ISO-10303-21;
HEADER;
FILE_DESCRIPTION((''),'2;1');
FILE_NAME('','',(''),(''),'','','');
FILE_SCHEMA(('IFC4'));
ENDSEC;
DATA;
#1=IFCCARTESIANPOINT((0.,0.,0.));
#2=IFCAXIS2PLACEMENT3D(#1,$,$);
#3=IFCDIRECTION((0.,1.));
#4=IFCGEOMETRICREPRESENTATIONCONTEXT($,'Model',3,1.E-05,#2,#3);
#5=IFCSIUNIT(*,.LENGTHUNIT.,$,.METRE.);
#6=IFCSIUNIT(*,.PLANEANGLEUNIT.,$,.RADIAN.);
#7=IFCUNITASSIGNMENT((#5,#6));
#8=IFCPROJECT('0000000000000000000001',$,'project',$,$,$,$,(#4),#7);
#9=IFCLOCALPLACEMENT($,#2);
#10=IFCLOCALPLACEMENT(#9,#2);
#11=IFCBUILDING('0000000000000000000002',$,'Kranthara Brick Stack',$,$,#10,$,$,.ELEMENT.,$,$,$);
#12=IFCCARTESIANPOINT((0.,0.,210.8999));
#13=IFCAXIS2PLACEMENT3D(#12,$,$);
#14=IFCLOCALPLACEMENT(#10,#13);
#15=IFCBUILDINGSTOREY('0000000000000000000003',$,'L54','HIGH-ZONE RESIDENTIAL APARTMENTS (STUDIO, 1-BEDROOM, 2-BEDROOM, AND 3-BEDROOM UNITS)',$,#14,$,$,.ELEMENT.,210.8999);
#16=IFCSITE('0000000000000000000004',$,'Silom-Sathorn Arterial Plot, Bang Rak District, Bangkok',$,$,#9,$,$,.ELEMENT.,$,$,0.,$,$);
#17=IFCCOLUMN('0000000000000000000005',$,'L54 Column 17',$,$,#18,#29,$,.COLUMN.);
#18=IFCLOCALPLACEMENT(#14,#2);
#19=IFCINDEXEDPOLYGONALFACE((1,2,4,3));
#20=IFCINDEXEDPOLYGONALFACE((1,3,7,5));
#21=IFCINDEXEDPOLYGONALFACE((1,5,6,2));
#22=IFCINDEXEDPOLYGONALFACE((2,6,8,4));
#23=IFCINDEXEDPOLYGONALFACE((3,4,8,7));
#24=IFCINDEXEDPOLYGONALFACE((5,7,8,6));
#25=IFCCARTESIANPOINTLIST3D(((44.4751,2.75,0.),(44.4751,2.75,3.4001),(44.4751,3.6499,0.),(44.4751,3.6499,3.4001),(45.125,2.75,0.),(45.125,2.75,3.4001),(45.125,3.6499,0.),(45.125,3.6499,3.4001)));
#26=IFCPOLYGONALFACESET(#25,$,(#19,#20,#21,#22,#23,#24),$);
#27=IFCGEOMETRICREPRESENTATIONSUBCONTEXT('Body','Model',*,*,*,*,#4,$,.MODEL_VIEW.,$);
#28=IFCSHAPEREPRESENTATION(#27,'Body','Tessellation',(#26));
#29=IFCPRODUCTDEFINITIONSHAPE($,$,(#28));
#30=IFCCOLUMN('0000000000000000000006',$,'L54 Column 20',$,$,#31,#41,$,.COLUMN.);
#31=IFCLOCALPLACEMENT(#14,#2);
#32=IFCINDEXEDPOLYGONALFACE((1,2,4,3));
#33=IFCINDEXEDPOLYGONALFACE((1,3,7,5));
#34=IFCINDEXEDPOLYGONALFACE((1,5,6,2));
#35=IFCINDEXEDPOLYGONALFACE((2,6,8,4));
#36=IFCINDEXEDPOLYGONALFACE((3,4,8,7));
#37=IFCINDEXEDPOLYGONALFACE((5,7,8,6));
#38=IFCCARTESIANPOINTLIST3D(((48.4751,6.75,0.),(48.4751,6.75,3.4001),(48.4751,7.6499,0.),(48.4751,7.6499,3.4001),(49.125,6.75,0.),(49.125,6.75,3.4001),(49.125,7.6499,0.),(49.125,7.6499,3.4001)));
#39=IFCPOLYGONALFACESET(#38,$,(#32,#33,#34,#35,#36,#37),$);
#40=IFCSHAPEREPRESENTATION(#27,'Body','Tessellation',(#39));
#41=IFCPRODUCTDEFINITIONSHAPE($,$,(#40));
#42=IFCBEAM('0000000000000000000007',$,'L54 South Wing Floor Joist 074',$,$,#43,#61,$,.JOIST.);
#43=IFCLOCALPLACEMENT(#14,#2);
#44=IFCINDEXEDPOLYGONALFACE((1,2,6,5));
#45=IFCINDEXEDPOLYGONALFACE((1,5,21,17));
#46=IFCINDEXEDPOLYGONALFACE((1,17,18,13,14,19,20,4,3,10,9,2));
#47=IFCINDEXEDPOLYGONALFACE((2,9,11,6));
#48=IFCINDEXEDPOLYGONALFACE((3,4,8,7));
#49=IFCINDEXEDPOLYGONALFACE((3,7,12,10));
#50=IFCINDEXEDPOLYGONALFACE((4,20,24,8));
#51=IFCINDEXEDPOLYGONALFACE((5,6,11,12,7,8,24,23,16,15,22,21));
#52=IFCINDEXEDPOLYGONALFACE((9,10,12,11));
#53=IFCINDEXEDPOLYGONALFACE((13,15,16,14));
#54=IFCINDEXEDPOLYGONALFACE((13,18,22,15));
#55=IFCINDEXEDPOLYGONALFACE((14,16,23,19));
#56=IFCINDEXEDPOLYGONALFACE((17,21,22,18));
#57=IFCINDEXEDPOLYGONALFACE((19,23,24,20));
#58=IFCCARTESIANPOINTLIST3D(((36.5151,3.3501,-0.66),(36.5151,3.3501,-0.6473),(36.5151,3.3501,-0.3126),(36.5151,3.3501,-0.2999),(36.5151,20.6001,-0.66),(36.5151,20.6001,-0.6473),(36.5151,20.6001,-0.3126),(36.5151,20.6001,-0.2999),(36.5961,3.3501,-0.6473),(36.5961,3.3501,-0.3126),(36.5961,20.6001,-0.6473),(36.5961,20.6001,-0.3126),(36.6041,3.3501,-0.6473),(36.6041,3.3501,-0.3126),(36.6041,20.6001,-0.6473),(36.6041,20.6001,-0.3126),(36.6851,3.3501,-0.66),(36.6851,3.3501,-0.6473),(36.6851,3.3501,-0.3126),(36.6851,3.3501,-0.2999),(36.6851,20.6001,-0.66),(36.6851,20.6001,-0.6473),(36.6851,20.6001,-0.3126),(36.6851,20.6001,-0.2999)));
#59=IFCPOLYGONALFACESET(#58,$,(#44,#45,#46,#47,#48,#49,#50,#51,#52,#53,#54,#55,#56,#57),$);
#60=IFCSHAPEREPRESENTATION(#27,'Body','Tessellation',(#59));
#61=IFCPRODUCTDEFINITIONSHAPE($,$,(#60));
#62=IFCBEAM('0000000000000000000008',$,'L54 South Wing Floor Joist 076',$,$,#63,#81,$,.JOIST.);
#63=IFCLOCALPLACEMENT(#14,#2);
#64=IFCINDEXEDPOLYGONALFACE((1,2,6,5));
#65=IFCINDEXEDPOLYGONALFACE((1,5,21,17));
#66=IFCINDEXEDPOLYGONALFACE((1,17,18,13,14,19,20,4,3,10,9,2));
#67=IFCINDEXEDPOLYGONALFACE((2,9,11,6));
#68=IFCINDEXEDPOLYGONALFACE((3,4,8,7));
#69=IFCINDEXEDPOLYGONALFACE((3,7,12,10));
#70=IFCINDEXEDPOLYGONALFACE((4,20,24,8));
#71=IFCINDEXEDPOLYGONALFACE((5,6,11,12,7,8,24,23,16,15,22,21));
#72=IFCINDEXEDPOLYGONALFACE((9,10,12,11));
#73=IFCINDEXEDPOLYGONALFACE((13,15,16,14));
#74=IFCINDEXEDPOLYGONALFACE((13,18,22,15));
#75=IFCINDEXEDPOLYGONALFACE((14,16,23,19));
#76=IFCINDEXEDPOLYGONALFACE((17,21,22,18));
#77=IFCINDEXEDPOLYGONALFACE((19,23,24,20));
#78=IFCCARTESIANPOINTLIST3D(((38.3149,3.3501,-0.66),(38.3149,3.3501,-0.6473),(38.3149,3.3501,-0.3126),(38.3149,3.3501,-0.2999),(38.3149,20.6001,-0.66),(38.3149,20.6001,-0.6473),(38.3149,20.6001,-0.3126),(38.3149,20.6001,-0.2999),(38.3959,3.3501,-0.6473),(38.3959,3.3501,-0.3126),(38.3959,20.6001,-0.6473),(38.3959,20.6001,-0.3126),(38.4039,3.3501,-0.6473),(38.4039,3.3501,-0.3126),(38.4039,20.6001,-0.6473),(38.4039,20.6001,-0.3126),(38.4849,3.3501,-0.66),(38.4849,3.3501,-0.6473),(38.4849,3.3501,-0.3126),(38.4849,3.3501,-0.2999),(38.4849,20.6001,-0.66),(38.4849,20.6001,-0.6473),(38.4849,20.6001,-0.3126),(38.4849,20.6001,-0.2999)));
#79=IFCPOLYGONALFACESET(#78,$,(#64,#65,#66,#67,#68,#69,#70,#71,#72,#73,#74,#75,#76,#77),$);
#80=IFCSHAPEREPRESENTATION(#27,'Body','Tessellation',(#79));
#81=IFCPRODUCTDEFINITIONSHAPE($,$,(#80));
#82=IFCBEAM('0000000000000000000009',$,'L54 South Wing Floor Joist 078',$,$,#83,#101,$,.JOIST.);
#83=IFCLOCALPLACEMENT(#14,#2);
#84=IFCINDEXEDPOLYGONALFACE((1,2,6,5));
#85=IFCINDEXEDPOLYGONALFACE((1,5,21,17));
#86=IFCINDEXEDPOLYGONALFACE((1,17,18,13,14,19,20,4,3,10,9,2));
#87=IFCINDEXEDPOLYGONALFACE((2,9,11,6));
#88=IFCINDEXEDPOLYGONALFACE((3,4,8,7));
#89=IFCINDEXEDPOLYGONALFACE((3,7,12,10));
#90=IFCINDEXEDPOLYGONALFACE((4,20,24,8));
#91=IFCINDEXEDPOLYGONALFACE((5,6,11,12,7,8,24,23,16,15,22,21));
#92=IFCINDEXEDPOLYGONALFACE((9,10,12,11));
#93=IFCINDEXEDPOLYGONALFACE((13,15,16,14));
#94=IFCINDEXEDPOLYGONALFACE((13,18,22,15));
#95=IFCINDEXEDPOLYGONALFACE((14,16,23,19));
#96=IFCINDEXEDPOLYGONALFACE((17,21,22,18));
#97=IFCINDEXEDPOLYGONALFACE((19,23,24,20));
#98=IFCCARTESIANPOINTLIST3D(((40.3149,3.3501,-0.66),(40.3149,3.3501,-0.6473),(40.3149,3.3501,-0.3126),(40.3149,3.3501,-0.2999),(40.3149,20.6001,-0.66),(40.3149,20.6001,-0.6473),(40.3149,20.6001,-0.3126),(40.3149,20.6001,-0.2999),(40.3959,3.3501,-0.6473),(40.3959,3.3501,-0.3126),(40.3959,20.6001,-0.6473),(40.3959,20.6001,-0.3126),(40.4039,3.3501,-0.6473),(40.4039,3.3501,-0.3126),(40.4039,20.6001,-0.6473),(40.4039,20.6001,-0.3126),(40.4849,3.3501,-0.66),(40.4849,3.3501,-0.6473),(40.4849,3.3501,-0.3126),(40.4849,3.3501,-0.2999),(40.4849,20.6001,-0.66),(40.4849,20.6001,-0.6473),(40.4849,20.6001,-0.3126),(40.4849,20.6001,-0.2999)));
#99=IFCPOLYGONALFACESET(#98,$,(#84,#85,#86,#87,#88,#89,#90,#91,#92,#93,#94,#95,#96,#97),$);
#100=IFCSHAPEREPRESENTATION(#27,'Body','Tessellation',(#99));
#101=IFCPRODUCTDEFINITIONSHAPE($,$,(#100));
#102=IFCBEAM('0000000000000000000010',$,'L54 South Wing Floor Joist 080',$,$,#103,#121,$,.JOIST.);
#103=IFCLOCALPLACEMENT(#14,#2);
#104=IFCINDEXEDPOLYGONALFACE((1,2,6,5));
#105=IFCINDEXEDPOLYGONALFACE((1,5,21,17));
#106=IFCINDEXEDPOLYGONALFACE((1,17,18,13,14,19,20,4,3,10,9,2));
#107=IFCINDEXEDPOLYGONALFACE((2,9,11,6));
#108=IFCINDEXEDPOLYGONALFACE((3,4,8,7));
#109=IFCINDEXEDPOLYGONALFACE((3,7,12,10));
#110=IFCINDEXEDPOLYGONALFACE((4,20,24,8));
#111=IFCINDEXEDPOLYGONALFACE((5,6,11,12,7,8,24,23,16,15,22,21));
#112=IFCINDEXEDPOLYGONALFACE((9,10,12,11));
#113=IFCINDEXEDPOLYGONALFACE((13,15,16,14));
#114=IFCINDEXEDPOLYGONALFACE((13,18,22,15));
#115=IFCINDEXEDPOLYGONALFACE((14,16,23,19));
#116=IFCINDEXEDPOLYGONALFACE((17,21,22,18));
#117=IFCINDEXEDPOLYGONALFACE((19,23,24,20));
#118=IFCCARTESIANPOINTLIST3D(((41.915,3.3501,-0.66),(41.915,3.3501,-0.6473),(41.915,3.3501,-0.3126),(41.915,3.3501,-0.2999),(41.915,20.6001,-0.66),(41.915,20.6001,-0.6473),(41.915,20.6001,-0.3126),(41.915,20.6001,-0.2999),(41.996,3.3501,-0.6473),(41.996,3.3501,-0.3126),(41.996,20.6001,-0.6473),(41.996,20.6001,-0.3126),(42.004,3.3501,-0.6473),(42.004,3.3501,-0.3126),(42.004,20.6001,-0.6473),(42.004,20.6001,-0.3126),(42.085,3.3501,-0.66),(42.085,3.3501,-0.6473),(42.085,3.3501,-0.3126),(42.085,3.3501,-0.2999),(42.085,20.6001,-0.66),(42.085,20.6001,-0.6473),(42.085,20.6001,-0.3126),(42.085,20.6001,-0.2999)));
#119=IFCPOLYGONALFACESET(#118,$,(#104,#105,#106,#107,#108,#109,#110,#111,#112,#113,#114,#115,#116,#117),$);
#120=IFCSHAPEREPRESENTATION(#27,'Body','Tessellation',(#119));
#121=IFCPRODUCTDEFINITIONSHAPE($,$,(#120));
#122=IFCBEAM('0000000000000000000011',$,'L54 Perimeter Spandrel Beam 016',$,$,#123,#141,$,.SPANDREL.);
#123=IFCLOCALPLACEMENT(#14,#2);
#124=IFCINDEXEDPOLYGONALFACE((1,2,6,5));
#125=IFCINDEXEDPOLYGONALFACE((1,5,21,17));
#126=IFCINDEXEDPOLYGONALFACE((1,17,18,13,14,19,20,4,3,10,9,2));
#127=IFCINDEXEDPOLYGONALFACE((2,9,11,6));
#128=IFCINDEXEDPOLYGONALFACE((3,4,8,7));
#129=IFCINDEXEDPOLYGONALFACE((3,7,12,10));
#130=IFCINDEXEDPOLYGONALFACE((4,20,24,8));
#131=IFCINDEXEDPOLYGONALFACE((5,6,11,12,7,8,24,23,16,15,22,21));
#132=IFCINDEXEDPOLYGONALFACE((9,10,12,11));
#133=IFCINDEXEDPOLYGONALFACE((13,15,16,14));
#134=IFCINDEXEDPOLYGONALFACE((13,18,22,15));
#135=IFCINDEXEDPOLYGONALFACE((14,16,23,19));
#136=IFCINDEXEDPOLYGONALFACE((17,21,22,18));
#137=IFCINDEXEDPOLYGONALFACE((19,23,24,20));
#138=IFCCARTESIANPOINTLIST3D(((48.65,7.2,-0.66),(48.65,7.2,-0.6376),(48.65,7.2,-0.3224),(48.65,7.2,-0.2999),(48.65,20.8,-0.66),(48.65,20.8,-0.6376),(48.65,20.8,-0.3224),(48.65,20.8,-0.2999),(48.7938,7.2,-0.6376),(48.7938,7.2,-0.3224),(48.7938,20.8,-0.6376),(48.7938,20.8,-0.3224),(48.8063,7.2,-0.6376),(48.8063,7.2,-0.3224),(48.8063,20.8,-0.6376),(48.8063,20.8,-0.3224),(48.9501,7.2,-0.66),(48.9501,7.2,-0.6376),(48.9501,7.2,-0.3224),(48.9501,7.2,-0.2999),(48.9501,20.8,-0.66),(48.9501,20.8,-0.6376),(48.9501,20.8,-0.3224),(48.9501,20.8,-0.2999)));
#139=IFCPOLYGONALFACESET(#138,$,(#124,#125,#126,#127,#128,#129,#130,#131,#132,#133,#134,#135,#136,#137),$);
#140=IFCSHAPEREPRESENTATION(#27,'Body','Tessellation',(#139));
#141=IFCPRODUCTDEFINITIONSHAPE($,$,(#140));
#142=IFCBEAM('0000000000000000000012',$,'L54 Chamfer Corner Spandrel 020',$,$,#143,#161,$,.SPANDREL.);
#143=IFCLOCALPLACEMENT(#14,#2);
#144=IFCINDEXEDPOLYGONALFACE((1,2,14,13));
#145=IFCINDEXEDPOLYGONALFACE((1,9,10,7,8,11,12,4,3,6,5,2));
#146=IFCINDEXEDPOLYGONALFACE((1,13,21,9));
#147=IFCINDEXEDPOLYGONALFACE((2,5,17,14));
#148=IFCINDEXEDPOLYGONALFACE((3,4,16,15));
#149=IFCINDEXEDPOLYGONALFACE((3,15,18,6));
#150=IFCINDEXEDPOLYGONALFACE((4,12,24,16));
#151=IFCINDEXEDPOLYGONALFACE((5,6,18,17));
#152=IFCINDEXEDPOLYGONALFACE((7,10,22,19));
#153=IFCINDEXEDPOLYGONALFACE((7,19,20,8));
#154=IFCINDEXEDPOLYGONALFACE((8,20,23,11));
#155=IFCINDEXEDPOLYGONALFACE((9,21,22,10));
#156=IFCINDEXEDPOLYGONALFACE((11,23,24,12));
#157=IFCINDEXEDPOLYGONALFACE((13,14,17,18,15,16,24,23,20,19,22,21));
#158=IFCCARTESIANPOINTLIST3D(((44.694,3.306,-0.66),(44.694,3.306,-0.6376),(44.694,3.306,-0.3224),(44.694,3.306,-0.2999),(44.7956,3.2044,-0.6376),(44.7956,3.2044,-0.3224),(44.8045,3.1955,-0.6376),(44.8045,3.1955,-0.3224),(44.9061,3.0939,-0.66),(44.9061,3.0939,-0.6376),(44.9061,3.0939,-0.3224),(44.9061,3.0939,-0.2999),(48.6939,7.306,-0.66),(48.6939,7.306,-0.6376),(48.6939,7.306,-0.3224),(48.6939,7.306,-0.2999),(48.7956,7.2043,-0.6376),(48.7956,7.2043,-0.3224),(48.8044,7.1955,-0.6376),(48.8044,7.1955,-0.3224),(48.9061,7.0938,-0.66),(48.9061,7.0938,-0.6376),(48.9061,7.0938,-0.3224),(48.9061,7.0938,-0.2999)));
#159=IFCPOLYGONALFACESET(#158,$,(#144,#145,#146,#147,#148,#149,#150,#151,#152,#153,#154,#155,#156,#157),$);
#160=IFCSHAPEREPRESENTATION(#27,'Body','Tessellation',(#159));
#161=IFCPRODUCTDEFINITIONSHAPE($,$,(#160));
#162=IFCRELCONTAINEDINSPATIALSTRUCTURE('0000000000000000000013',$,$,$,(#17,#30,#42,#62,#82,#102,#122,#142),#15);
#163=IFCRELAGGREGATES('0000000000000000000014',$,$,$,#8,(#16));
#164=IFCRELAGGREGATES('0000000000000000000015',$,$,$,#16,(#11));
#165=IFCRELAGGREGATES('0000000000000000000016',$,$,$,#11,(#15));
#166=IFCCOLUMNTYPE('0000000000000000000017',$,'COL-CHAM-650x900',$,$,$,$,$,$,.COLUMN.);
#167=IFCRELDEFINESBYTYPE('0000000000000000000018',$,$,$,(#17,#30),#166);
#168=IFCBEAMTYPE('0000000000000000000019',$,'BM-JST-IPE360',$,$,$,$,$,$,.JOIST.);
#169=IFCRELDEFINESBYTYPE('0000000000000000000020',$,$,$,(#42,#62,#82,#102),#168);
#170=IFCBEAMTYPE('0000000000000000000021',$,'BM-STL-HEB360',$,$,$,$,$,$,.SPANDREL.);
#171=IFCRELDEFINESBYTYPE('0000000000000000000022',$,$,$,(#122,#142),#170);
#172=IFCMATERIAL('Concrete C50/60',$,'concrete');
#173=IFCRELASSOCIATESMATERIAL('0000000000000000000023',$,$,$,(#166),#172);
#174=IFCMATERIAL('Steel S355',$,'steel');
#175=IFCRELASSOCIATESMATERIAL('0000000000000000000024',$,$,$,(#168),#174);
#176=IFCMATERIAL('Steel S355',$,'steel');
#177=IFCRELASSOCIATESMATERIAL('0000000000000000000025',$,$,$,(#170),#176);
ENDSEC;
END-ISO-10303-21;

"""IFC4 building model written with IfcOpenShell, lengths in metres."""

from ifc_helpers import new_model, si_unit, direction, frame, origin, origin_2d, place, context, subcontext, project, spatial, rectangle, i_section, extrude, material, material_profile, profile_set, type_object, element, save


model = new_model("IFC4")

# Units and contexts
model_context = context("Model", 3, precision=1e-05, world=origin(), true_north=direction((0.0, 1.0)))
body_context = subcontext(model_context, "Body", "Model", "MODEL_VIEW")
ifc_project = project(units=[si_unit("LENGTHUNIT", "METRE"), si_unit("PLANEANGLEUNIT", "RADIAN")], contexts=[model_context])

# Site, building, storey
site_placement = place(None, origin())
site = spatial("IfcSite", under=ifc_project, at=site_placement, Name="Silom-Sathorn Arterial Plot, Bang Rak District, Bangkok", CompositionType="ELEMENT", RefElevation=0.0)
building_placement = place(site_placement, origin())
building = spatial("IfcBuilding", under=site, at=building_placement, Name="Kranthara Brick Stack", CompositionType="ELEMENT")
storey_placement = place(building_placement, frame((0.0, 0.0, 210.8999)))
storey = spatial("IfcBuildingStorey", under=building, at=storey_placement, Name="L54", Description="HIGH-ZONE RESIDENTIAL APARTMENTS (STUDIO, 1-BEDROOM, 2-BEDROOM, AND 3-BEDROOM UNITS)", CompositionType="ELEMENT", Elevation=210.8999)

# Columns
ifc_material_1 = material(Name="Concrete C50/60", Category="concrete")
ifc_material_profile_1 = material_profile(ifc_material_1, rectangle(XDim=0.6499, YDim=0.8999, at=origin_2d()), Name="RC 650x900")
ifc_profile_set_1 = profile_set([ifc_material_profile_1], Name="Concrete C50/60")
column_type = type_object("IfcColumnType", Name="COL-CHAM-650x900", PredefinedType="COLUMN", material=ifc_profile_set_1)
for number, where, z_axis, x_axis, name in (
    (1, (44.8, 3.2, 0.0), (0.0, 0.0, 1.0), (1.0, 0.0, 0.0), "L54 Column 17"),
    (2, (48.8, 7.2, 0.0), (0.0, 0.0, 1.0), (1.0, 0.0, 0.0), "L54 Column 20"),
):
    element("IfcColumn", number, at=place(storey_placement, frame(where, z_axis=z_axis, x_axis=x_axis)), inside=storey, type_object=column_type, Name=name, PredefinedType="COLUMN", context=body_context, shape_type="SweptSolid", body=[
        extrude(rectangle(XDim=0.6499, YDim=0.8999, at=origin_2d()), origin(), (0.0, 0.0, 1.0), 3.4001),
    ])

# Beams
ifc_material_2 = material(Name="Steel S355", Category="steel")
ifc_material_profile_2 = material_profile(ifc_material_2, i_section(OverallWidth=0.1699, OverallDepth=0.3601, WebThickness=0.0081, FlangeThickness=0.0127, at=origin_2d()), Name="IPE 360")
ifc_profile_set_2 = profile_set([ifc_material_profile_2], Name="Steel S355")
beam_type_1 = type_object("IfcBeamType", Name="BM-JST-IPE360", PredefinedType="JOIST", material=ifc_profile_set_2)
for number, where, z_axis, x_axis, name in (
    (3, (36.6001, 3.3501, -0.48), (0.0, 1.0, 0.0), (-1.0, 0.0, 0.0), "L54 South Wing Floor Joist 074"),
    (4, (38.3999, 3.3501, -0.48), (0.0, 1.0, 0.0), (-1.0, 0.0, 0.0), "L54 South Wing Floor Joist 076"),
    (5, (40.3999, 3.3501, -0.48), (0.0, 1.0, 0.0), (-1.0, 0.0, 0.0), "L54 South Wing Floor Joist 078"),
    (6, (42.0, 3.3501, -0.48), (0.0, 1.0, 0.0), (-1.0, 0.0, 0.0), "L54 South Wing Floor Joist 080"),
):
    element("IfcBeam", number, at=place(storey_placement, frame(where, z_axis=z_axis, x_axis=x_axis)), inside=storey, type_object=beam_type_1, Name=name, PredefinedType="JOIST", context=body_context, shape_type="SweptSolid", body=[
        extrude(i_section(OverallWidth=0.1699, OverallDepth=0.3601, WebThickness=0.0081, FlangeThickness=0.0127, at=origin_2d()), origin(), (0.0, 0.0, 1.0), 17.25),
    ])
ifc_material_3 = material(Name="Steel S355", Category="steel")
ifc_material_profile_3 = material_profile(ifc_material_3, i_section(OverallWidth=0.3, OverallDepth=0.3601, WebThickness=0.0125, FlangeThickness=0.0225, at=origin_2d()), Name="HEB 360")
ifc_profile_set_3 = profile_set([ifc_material_profile_3], Name="Steel S355")
beam_type_2 = type_object("IfcBeamType", Name="BM-STL-HEB360", PredefinedType="SPANDREL", material=ifc_profile_set_3)
beam_1_placement = place(storey_placement, frame((48.8, 7.2, -0.48), z_axis=(0.0, 1.0, 0.0), x_axis=(-1.0, 0.0, 0.0)))
element("IfcBeam", 7, at=beam_1_placement, inside=storey, type_object=beam_type_2, Name="L54 Perimeter Spandrel Beam 016", PredefinedType="SPANDREL", context=body_context, shape_type="SweptSolid", body=[
    extrude(i_section(OverallWidth=0.3, OverallDepth=0.3601, WebThickness=0.0125, FlangeThickness=0.0225, at=origin_2d()), origin(), (0.0, 0.0, 1.0), 13.6001),
])
beam_2_placement = place(storey_placement, frame((44.8, 3.2, -0.48), z_axis=(0.707107, 0.707107, 0.0), x_axis=(-0.707107, 0.707107, 0.0)))
element("IfcBeam", 8, at=beam_2_placement, inside=storey, type_object=beam_type_2, Name="L54 Chamfer Corner Spandrel 020", PredefinedType="SPANDREL", context=body_context, shape_type="SweptSolid", body=[
    extrude(i_section(OverallWidth=0.3, OverallDepth=0.3601, WebThickness=0.0125, FlangeThickness=0.0225, at=origin_2d()), origin(), (0.0, 0.0, 1.0), 5.6567),
])

save(model, "model.ifc")
